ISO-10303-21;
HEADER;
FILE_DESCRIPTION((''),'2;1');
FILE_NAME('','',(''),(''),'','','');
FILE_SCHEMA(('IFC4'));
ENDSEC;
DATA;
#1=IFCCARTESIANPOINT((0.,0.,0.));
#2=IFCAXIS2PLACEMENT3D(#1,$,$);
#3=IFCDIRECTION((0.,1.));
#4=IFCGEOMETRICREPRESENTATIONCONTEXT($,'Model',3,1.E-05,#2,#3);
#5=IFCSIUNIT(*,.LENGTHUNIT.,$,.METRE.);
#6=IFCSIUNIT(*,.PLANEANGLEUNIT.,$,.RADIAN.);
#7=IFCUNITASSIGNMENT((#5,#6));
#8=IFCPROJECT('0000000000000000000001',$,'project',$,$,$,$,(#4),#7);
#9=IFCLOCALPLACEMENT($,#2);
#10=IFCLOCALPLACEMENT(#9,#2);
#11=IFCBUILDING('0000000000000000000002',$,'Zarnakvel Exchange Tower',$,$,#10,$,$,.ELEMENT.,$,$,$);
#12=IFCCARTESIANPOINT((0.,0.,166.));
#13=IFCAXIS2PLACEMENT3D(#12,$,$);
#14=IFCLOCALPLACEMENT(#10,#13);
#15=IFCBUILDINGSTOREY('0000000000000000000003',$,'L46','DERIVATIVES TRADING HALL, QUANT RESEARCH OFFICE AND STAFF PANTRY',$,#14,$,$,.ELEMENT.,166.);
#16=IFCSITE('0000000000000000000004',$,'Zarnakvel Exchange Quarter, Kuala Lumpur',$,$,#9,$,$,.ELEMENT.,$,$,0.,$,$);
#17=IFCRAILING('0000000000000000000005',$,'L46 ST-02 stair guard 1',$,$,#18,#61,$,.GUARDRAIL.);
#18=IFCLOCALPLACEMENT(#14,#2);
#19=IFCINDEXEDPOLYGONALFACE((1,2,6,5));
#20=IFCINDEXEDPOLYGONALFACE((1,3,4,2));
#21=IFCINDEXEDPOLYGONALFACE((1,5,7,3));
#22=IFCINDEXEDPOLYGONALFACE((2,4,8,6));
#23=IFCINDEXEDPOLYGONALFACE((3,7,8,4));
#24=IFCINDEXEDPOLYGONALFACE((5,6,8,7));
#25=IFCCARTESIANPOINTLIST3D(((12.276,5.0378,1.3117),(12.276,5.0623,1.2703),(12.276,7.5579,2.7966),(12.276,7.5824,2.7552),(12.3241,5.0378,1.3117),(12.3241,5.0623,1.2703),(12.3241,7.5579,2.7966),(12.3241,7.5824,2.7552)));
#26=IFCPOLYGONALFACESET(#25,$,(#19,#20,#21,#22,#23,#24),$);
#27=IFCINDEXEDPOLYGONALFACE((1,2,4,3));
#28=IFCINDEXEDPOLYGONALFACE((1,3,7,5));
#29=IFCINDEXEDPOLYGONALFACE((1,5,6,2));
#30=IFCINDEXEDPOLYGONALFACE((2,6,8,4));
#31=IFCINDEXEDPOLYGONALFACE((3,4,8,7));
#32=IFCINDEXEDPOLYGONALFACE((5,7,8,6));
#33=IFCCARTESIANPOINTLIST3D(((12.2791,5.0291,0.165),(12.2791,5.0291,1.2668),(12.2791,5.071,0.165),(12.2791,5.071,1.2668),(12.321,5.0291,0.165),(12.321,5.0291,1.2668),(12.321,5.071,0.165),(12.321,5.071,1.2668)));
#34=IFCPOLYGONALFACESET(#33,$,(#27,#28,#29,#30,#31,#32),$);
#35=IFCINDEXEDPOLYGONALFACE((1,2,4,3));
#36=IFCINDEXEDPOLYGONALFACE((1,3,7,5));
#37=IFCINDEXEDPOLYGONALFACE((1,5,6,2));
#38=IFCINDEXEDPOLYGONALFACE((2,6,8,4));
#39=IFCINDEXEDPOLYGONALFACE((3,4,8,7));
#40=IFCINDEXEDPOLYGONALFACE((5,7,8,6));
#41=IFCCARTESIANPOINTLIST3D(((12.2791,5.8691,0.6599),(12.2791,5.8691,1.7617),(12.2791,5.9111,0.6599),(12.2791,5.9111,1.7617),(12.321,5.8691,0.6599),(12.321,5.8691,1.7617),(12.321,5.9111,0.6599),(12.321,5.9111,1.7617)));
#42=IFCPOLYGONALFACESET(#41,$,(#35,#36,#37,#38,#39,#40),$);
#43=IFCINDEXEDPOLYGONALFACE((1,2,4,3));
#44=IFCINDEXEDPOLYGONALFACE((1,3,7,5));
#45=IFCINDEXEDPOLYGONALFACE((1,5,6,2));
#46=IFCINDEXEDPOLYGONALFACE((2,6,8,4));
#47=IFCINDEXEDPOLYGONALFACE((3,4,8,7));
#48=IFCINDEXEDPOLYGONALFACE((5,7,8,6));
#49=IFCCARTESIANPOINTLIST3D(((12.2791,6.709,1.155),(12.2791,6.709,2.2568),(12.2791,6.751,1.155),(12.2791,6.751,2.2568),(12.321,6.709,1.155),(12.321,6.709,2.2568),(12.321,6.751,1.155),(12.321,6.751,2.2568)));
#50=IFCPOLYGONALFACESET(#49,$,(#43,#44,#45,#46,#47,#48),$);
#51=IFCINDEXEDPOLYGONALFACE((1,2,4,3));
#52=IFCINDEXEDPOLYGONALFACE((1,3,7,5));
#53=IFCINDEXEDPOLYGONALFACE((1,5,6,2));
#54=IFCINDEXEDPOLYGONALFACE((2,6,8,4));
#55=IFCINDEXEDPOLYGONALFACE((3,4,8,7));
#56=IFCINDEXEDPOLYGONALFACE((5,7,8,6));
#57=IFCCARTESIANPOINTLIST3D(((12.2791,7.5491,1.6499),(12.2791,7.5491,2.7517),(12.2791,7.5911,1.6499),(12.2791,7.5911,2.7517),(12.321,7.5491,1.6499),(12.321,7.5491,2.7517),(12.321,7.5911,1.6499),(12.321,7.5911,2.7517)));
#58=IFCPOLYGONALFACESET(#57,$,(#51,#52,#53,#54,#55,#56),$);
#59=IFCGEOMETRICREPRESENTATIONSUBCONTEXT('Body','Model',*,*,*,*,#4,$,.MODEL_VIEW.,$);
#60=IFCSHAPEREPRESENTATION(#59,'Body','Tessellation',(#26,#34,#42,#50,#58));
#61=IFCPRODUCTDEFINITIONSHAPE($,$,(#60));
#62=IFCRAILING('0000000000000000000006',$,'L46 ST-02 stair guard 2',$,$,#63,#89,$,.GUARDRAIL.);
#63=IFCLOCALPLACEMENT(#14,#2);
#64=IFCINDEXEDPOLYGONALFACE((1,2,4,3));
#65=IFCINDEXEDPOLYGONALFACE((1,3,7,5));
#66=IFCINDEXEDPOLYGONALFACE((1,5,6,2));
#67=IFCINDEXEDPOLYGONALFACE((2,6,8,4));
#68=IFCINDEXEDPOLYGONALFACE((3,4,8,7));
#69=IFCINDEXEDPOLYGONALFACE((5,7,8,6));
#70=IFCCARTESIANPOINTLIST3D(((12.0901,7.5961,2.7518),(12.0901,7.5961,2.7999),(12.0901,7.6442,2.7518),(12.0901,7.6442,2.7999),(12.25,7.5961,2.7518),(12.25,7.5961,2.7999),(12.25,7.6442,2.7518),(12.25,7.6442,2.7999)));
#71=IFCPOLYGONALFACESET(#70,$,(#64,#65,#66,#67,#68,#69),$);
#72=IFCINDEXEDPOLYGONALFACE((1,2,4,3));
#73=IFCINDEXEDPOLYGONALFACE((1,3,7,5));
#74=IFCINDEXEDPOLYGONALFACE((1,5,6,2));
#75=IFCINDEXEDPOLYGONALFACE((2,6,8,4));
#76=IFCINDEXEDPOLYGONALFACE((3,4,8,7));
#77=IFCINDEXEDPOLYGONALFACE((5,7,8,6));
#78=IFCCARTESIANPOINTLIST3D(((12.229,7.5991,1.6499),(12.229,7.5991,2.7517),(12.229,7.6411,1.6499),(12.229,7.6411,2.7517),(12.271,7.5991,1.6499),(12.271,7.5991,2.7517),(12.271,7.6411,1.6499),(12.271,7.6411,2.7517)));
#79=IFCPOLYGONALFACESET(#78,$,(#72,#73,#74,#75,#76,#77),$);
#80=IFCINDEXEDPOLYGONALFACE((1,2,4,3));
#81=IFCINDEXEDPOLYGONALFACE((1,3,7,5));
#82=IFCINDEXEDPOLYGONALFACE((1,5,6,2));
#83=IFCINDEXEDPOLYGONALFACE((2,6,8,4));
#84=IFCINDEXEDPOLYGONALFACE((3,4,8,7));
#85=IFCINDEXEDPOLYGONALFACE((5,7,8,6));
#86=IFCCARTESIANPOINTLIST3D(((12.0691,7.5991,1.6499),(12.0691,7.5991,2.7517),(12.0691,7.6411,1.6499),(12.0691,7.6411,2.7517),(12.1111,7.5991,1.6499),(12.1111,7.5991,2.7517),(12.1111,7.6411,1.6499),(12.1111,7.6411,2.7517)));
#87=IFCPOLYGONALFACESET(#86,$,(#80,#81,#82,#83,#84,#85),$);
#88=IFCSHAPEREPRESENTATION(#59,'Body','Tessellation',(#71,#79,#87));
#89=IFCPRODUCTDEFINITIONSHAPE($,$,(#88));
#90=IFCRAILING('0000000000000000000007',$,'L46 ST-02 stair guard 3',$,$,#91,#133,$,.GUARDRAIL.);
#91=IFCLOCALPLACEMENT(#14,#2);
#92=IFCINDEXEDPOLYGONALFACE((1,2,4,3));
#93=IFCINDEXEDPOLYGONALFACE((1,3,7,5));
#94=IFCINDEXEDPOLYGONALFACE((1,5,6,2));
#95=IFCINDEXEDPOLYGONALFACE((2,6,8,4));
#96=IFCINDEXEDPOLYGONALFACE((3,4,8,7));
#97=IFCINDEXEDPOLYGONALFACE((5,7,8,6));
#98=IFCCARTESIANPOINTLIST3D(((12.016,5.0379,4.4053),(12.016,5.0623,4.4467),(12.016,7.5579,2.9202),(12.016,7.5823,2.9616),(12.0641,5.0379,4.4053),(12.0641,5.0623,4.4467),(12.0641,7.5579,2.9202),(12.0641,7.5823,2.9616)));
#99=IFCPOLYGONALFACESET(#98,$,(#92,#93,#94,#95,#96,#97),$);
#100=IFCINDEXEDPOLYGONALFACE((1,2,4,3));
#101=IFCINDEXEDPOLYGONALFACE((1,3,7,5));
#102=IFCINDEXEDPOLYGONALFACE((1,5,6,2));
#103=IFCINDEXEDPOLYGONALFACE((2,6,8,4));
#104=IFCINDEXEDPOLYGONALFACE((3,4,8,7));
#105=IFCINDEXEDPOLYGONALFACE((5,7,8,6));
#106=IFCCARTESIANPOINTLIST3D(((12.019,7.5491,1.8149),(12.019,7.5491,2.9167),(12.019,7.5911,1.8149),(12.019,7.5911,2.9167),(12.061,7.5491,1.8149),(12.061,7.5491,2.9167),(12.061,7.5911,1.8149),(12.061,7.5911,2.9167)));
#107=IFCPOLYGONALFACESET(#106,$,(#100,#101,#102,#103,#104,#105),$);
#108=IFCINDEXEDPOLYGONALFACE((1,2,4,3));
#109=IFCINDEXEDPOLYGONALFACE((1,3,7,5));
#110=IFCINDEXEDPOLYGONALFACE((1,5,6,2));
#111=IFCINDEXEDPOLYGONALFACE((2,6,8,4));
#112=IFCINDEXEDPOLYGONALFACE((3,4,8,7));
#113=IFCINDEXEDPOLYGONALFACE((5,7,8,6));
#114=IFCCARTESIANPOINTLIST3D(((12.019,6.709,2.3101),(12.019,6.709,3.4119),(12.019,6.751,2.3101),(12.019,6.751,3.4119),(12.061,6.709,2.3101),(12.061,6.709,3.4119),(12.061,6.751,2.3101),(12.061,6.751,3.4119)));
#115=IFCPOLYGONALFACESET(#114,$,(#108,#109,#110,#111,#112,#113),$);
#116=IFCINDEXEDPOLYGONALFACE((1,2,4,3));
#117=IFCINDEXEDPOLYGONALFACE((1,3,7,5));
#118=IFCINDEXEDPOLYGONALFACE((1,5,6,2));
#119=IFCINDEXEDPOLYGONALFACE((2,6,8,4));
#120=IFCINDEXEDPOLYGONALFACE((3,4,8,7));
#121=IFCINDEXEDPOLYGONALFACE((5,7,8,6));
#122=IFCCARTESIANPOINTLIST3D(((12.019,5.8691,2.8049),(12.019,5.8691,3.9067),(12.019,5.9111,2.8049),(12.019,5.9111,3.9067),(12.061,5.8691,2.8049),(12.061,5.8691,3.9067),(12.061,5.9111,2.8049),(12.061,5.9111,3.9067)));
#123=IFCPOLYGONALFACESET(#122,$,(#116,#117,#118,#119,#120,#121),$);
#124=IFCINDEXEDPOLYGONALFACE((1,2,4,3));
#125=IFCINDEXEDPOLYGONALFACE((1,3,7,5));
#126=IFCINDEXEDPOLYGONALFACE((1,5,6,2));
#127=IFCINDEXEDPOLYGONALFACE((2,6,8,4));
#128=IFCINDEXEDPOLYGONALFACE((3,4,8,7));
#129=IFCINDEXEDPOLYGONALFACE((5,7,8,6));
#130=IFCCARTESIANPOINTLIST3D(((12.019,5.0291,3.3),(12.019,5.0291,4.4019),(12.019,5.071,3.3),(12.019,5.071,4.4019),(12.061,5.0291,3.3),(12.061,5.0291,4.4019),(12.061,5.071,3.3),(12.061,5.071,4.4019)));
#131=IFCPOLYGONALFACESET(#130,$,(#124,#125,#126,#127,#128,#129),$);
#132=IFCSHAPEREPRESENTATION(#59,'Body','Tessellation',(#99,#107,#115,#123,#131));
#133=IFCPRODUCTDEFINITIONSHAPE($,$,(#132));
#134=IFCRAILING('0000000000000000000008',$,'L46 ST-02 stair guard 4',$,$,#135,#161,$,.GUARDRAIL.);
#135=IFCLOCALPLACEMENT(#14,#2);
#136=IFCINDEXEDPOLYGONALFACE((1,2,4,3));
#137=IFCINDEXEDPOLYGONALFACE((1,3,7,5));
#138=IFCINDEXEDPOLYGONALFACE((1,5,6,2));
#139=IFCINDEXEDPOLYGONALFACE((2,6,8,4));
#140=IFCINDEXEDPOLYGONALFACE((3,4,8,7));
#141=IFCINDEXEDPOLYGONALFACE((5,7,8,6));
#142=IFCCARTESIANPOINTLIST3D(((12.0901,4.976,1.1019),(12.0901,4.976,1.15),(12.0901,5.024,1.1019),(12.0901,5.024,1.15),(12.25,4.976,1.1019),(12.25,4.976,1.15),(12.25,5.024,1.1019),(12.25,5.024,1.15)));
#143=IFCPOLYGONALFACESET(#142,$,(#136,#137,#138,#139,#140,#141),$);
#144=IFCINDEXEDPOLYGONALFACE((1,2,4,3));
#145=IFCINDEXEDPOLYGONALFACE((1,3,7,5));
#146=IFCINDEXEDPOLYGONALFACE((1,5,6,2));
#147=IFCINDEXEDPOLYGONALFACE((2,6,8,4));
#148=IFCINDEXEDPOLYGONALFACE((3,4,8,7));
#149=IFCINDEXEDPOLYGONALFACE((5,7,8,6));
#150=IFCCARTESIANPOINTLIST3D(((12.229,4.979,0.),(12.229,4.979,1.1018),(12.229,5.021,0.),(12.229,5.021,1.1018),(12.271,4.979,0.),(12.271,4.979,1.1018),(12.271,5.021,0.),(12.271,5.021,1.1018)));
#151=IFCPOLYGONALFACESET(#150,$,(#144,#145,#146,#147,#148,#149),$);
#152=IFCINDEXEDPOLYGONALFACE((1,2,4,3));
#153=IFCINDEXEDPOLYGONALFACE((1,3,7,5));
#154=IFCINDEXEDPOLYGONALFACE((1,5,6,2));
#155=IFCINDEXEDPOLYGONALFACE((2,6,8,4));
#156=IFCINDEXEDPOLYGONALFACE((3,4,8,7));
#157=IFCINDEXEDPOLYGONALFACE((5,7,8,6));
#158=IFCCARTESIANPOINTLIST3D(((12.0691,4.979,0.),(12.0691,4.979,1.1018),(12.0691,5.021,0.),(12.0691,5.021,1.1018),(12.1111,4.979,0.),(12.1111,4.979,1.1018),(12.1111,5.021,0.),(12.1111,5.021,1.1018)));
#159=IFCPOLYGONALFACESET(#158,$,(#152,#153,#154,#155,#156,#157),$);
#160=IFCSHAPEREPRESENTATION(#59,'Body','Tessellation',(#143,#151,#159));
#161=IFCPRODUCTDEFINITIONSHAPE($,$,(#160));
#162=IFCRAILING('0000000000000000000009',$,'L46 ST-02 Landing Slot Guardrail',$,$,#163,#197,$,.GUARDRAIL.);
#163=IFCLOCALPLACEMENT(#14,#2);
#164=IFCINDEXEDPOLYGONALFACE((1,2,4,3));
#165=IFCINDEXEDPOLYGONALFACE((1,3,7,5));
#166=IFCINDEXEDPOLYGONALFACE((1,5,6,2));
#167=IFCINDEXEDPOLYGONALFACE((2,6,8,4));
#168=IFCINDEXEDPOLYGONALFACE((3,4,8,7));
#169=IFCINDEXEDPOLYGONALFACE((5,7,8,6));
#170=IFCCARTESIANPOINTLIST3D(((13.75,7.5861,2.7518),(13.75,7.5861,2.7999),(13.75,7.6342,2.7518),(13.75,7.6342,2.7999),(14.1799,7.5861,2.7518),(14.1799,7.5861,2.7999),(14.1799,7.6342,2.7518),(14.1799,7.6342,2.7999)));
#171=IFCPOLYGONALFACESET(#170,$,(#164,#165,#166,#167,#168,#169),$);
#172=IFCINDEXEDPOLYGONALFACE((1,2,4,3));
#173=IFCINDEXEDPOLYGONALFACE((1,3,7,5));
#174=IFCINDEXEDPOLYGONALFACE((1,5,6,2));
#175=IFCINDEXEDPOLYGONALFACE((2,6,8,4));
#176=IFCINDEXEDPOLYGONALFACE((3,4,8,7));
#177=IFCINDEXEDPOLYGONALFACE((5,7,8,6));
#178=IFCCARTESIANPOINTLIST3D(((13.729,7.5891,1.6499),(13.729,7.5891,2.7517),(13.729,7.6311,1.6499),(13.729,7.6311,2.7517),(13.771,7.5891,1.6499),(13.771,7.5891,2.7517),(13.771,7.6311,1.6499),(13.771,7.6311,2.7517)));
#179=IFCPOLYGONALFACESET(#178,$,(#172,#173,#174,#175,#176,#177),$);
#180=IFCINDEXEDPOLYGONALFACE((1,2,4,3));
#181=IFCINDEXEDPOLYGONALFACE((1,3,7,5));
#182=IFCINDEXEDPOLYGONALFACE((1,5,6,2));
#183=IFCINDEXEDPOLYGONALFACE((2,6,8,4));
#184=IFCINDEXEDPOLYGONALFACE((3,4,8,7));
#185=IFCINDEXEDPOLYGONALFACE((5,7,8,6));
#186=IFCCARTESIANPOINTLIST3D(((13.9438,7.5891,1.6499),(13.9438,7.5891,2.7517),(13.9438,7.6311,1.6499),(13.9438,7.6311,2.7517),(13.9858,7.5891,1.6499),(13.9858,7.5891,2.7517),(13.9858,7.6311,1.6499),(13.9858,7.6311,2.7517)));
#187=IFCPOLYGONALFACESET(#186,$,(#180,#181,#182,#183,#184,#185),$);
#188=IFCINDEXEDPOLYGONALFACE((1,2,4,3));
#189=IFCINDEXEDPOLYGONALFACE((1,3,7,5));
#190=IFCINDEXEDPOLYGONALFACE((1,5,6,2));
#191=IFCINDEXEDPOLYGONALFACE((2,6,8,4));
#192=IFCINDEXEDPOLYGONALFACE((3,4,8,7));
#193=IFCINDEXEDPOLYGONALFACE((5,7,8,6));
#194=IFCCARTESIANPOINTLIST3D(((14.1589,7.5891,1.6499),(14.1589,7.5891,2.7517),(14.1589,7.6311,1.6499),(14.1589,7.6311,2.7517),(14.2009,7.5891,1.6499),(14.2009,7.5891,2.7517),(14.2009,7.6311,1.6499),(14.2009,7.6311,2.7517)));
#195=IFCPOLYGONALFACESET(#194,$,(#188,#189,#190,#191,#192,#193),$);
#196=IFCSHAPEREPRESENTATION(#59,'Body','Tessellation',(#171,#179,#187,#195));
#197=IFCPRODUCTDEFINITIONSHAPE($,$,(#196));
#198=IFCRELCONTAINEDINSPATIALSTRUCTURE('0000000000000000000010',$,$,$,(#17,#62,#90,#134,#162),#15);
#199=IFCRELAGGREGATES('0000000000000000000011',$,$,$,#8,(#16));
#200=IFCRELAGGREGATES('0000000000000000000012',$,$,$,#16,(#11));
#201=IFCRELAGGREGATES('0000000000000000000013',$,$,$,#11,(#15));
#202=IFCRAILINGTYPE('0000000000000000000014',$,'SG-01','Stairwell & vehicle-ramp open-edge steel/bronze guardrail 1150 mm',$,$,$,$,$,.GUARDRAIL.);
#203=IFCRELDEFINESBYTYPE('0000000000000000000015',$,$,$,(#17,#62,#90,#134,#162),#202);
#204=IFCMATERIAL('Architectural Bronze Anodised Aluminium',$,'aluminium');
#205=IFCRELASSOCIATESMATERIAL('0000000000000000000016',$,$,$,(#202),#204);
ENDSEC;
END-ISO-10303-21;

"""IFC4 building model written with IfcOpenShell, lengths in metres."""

from ifc_helpers import new_model, si_unit, direction, frame, origin, origin_2d, place, context, subcontext, project, spatial, rectangle, extrude, material, type_object, element, save


model = new_model("IFC4")

# Units and contexts
model_context = context("Model", 3, precision=1e-05, world=origin(), true_north=direction((0.0, 1.0)))
body_context = subcontext(model_context, "Body", "Model", "MODEL_VIEW")
ifc_project = project(units=[si_unit("LENGTHUNIT", "METRE"), si_unit("PLANEANGLEUNIT", "RADIAN")], contexts=[model_context])

# Site, building, storey
site_placement = place(None, origin())
site = spatial("IfcSite", under=ifc_project, at=site_placement, Name="Zarnakvel Exchange Quarter, Kuala Lumpur", CompositionType="ELEMENT", RefElevation=0.0)
building_placement = place(site_placement, origin())
building = spatial("IfcBuilding", under=site, at=building_placement, Name="Zarnakvel Exchange Tower", CompositionType="ELEMENT")
storey_placement = place(building_placement, frame((0.0, 0.0, 166.0)))
storey = spatial("IfcBuildingStorey", under=building, at=storey_placement, Name="L46", Description="DERIVATIVES TRADING HALL, QUANT RESEARCH OFFICE AND STAFF PANTRY", CompositionType="ELEMENT", Elevation=166.0)

# Shared definitions
ifc_material_1 = material(Name="Architectural Bronze Anodised Aluminium", Category="aluminium")

# Railings
railing_type_1 = type_object("IfcRailingType", Name="SG-01", Description="Stairwell & vehicle-ramp open-edge steel/bronze guardrail 1150 mm", PredefinedType="GUARDRAIL", material=ifc_material_1)
railing_1_placement = place(storey_placement, frame((12.3, 5.05, 0.165)))
element("IfcRailing", 1, at=railing_1_placement, inside=storey, type_object=railing_type_1, Name="L46 ST-02 stair guard 1", PredefinedType="GUARDRAIL", context=body_context, shape_type="SweptSolid", body=[
    extrude(rectangle(XDim=0.0481, YDim=0.0481, at=origin_2d()), frame((0.0, 0.0, 1.126), z_axis=(0.0, 0.861561, 0.507655), x_axis=(-1.0, 0.0, 0.0)), (0.0, 0.0, 1.0), 2.925),
    extrude(rectangle(XDim=0.042, YDim=0.042, at=origin_2d()), origin(), (0.0, 0.0, 1.0), 1.1018),
    extrude(rectangle(XDim=0.042, YDim=0.042, at=origin_2d()), frame((0.0, 0.8401, 0.4949)), (0.0, 0.0, 1.0), 1.1018),
    extrude(rectangle(XDim=0.042, YDim=0.042, at=origin_2d()), frame((0.0, 1.6799, 0.99)), (0.0, 0.0, 1.0), 1.1018),
    extrude(rectangle(XDim=0.042, YDim=0.042, at=origin_2d()), frame((0.0, 2.52, 1.4849)), (0.0, 0.0, 1.0), 1.1018),
])
railing_2_placement = place(storey_placement, frame((12.25, 7.6201, 1.6499)))
element("IfcRailing", 2, at=railing_2_placement, inside=storey, type_object=railing_type_1, Name="L46 ST-02 stair guard 2", PredefinedType="GUARDRAIL", context=body_context, shape_type="SweptSolid", body=[
    extrude(rectangle(XDim=0.0481, YDim=0.0481, at=origin_2d()), frame((0.0, 0.0, 1.126), z_axis=(-1.0, 0.0, 0.0), x_axis=(0.0, -1.0, 0.0)), (0.0, 0.0, 1.0), 0.1599),
    extrude(rectangle(XDim=0.042, YDim=0.042, at=origin_2d()), origin(), (0.0, 0.0, 1.0), 1.1018),
    extrude(rectangle(XDim=0.042, YDim=0.042, at=origin_2d()), frame((-0.1599, 0.0, 0.0)), (0.0, 0.0, 1.0), 1.1018),
])
railing_3_placement = place(storey_placement, frame((12.04, 7.5701, 1.8149)))
element("IfcRailing", 3, at=railing_3_placement, inside=storey, type_object=railing_type_1, Name="L46 ST-02 stair guard 3", PredefinedType="GUARDRAIL", context=body_context, shape_type="SweptSolid", body=[
    extrude(rectangle(XDim=0.0481, YDim=0.0481, at=origin_2d()), frame((0.0, 0.0, 1.126), z_axis=(0.0, -0.861524, 0.507717), x_axis=(1.0, 0.0, 0.0)), (0.0, 0.0, 1.0), 2.925),
    extrude(rectangle(XDim=0.042, YDim=0.042, at=origin_2d()), origin(), (0.0, 0.0, 1.0), 1.1018),
    extrude(rectangle(XDim=0.042, YDim=0.042, at=origin_2d()), frame((0.0, -0.8401, 0.4951)), (0.0, 0.0, 1.0), 1.1018),
    extrude(rectangle(XDim=0.042, YDim=0.042, at=origin_2d()), frame((0.0, -1.6799, 0.99)), (0.0, 0.0, 1.0), 1.1018),
    extrude(rectangle(XDim=0.042, YDim=0.042, at=origin_2d()), frame((0.0, -2.52, 1.4851)), (0.0, 0.0, 1.0), 1.1018),
])
railing_4_placement = place(storey_placement, frame((12.25, 5.0, 0.0)))
element("IfcRailing", 4, at=railing_4_placement, inside=storey, type_object=railing_type_1, Name="L46 ST-02 stair guard 4", PredefinedType="GUARDRAIL", context=body_context, shape_type="SweptSolid", body=[
    extrude(rectangle(XDim=0.0481, YDim=0.0481, at=origin_2d()), frame((0.0, 0.0, 1.126), z_axis=(-1.0, 0.0, 0.0), x_axis=(0.0, -1.0, 0.0)), (0.0, 0.0, 1.0), 0.1599),
    extrude(rectangle(XDim=0.042, YDim=0.042, at=origin_2d()), origin(), (0.0, 0.0, 1.0), 1.1018),
    extrude(rectangle(XDim=0.042, YDim=0.042, at=origin_2d()), frame((-0.1599, 0.0, 0.0)), (0.0, 0.0, 1.0), 1.1018),
])
railing_5_placement = place(storey_placement, frame((13.75, 7.6101, 1.6499)))
element("IfcRailing", 5, at=railing_5_placement, inside=storey, type_object=railing_type_1, Name="L46 ST-02 Landing Slot Guardrail", PredefinedType="GUARDRAIL", context=body_context, shape_type="SweptSolid", body=[
    extrude(rectangle(XDim=0.0481, YDim=0.0481, at=origin_2d()), frame((0.0, 0.0, 1.126), z_axis=(1.0, 0.0, 0.0), x_axis=(0.0, 1.0, 0.0)), (0.0, 0.0, 1.0), 0.4299),
    extrude(rectangle(XDim=0.042, YDim=0.042, at=origin_2d()), origin(), (0.0, 0.0, 1.0), 1.1018),
    extrude(rectangle(XDim=0.042, YDim=0.042, at=origin_2d()), frame((0.2148, 0.0, 0.0)), (0.0, 0.0, 1.0), 1.1018),
    extrude(rectangle(XDim=0.042, YDim=0.042, at=origin_2d()), frame((0.4299, 0.0, 0.0)), (0.0, 0.0, 1.0), 1.1018),
])

save(model, "model.ifc")
